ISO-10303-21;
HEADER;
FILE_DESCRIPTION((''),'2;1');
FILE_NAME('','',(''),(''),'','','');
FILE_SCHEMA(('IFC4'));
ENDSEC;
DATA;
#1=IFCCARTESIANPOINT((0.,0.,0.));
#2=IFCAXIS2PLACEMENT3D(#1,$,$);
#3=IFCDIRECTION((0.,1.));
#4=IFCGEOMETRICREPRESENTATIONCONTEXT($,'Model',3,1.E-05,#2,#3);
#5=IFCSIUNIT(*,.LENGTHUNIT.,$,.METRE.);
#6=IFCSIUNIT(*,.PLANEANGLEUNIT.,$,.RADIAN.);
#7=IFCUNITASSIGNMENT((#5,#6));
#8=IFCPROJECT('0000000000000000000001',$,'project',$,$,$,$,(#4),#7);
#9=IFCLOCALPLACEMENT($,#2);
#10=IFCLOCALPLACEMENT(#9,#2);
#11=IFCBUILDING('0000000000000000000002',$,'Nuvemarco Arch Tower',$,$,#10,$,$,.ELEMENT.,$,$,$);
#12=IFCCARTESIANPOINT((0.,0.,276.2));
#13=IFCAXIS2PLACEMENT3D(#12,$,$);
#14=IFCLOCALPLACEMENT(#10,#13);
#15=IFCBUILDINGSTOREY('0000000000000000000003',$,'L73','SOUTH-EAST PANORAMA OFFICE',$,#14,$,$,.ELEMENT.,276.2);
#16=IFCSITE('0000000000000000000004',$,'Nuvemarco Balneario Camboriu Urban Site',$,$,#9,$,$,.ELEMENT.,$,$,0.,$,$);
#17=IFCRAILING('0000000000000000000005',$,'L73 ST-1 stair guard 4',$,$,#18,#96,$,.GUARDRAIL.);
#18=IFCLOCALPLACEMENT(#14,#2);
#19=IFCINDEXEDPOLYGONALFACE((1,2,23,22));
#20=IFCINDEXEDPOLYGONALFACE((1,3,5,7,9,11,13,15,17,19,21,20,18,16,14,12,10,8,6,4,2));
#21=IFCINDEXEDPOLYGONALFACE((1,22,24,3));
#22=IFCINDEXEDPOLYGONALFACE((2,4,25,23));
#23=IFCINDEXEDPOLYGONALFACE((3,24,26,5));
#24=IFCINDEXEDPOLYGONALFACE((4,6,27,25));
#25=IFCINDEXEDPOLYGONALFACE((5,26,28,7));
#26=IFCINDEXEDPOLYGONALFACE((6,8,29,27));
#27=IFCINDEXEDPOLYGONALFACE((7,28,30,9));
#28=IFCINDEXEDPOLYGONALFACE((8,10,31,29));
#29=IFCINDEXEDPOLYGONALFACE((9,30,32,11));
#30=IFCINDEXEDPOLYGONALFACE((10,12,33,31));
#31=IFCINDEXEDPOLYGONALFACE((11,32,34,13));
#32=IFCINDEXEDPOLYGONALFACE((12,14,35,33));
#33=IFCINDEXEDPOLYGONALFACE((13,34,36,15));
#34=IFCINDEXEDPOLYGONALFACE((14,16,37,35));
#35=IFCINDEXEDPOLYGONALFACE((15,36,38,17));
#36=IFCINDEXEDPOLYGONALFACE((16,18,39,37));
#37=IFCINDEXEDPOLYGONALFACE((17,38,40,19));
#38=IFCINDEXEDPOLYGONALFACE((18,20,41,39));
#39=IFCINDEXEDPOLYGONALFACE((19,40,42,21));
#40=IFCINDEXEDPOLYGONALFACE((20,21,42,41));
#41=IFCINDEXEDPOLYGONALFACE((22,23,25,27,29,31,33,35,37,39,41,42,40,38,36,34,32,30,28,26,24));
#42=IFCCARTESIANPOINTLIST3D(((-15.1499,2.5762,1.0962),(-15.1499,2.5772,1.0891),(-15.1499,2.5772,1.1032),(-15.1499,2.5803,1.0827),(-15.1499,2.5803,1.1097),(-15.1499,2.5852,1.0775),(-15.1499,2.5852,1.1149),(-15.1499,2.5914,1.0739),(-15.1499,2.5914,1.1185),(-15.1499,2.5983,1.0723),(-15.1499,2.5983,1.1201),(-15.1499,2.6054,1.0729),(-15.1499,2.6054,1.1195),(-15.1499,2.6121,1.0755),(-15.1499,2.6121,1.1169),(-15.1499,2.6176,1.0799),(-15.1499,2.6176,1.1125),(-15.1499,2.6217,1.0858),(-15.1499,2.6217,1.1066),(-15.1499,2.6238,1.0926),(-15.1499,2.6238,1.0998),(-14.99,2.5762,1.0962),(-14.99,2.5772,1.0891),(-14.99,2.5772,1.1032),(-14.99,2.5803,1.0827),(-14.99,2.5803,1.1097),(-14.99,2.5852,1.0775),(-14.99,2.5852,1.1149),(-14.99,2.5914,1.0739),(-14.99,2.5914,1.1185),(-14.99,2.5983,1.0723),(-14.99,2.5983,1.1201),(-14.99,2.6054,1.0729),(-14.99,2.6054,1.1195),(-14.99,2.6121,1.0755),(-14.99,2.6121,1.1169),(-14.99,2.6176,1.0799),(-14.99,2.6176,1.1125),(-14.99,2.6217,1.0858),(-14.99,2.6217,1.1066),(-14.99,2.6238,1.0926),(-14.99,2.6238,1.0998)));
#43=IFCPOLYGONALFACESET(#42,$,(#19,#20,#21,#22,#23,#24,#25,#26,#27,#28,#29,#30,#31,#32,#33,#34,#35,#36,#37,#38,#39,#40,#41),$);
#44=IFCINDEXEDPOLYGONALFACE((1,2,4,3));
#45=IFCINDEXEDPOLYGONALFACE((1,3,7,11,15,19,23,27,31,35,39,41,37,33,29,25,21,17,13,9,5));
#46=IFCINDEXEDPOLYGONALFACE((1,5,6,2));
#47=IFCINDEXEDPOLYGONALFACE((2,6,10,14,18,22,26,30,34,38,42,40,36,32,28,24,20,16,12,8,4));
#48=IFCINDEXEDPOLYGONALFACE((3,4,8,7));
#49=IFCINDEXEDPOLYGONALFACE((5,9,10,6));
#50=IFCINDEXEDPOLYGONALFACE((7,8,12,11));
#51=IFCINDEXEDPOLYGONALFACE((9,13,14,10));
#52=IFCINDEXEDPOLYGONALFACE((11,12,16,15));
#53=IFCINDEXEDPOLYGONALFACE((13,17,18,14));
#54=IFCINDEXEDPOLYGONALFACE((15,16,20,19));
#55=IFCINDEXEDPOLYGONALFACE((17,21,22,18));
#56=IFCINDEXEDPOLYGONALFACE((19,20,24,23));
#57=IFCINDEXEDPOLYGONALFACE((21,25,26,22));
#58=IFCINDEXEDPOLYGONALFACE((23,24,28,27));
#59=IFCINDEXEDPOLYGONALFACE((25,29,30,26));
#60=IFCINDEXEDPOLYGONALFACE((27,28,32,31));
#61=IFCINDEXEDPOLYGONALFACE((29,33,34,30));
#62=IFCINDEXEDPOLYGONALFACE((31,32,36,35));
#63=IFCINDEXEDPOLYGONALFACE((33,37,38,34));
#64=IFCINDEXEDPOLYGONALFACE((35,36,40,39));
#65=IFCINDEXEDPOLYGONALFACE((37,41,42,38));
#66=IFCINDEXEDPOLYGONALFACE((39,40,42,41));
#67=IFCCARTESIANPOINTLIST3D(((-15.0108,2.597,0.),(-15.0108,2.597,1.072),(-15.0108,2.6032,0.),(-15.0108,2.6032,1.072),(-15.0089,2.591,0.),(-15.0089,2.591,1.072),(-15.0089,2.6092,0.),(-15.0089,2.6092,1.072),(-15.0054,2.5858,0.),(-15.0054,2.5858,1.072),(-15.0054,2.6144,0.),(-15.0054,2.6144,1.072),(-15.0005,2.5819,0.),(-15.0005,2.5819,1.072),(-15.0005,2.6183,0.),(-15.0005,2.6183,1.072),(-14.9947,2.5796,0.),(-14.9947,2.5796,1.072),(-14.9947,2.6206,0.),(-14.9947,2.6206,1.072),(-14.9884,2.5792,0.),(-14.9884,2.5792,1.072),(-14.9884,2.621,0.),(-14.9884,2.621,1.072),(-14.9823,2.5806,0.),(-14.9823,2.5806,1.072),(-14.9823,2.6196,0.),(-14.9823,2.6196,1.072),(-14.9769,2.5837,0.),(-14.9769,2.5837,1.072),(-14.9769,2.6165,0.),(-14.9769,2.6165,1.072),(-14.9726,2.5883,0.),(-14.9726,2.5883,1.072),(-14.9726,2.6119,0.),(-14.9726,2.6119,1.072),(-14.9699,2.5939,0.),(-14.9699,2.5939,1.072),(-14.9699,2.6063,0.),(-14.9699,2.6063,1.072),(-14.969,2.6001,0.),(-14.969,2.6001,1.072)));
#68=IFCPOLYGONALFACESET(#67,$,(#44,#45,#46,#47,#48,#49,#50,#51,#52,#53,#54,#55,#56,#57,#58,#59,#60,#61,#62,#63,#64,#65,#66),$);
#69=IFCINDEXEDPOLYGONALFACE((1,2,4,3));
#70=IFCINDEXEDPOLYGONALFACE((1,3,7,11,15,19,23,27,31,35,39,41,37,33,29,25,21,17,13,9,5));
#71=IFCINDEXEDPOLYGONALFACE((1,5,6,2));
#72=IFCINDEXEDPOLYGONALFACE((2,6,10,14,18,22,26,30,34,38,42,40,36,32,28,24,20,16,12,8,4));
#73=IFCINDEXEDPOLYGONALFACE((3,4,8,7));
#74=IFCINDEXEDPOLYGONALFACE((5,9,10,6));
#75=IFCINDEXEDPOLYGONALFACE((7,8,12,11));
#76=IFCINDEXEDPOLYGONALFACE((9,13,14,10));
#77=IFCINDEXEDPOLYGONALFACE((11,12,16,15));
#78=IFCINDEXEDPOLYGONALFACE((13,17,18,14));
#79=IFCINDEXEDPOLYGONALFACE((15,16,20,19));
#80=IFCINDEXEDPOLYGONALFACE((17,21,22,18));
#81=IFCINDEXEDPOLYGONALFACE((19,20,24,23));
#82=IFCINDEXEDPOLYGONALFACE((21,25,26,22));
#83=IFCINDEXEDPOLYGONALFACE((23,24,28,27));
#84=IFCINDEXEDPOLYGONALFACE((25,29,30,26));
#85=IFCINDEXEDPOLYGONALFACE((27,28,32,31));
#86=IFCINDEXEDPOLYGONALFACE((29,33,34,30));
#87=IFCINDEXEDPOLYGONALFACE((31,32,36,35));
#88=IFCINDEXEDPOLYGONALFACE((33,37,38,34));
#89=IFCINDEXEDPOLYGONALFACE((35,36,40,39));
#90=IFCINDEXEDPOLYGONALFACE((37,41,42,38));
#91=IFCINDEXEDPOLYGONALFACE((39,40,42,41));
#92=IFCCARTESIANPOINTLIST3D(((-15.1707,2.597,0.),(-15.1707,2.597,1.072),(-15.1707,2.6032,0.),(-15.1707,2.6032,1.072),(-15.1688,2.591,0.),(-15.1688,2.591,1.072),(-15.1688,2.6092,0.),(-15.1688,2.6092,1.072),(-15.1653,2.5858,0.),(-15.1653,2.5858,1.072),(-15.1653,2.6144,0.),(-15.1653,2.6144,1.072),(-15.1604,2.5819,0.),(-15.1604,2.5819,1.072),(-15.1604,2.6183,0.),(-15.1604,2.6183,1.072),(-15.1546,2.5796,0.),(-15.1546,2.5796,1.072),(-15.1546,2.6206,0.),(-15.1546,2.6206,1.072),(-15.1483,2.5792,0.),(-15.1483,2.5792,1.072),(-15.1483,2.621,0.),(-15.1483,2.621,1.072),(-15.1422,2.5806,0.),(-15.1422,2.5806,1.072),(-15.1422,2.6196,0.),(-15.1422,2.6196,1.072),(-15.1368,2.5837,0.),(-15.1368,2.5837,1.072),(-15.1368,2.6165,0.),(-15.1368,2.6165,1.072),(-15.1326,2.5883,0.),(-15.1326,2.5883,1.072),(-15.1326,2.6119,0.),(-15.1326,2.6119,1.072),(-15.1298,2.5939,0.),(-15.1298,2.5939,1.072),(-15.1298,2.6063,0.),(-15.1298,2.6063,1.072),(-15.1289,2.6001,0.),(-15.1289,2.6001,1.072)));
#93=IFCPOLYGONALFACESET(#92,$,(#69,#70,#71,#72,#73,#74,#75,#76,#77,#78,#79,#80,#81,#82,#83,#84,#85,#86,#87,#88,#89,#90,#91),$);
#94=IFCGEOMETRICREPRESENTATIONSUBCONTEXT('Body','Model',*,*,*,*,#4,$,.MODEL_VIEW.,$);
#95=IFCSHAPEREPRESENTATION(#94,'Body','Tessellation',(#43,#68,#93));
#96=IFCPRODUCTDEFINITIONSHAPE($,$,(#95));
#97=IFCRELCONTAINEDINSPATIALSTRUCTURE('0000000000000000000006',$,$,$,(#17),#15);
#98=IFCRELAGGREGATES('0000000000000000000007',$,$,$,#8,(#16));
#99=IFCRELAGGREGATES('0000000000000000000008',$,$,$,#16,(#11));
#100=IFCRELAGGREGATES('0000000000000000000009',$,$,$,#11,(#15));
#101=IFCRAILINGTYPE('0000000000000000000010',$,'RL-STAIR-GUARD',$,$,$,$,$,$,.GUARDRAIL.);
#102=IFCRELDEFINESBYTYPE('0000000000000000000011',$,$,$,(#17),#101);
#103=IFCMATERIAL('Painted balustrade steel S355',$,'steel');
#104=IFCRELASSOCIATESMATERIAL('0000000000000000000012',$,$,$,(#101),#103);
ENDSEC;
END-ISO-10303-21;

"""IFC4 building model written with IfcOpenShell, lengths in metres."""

from ifc_helpers import new_model, si_unit, direction, frame, origin, origin_2d, place, context, subcontext, project, spatial, circle, extrude, material, type_object, element, save


model = new_model("IFC4")

# Units and contexts
model_context = context("Model", 3, precision=1e-05, world=origin(), true_north=direction((0.0, 1.0)))
body_context = subcontext(model_context, "Body", "Model", "MODEL_VIEW")
ifc_project = project(units=[si_unit("LENGTHUNIT", "METRE"), si_unit("PLANEANGLEUNIT", "RADIAN")], contexts=[model_context])

# Site, building, storey
site_placement = place(None, origin())
site = spatial("IfcSite", under=ifc_project, at=site_placement, Name="Nuvemarco Balneario Camboriu Urban Site", CompositionType="ELEMENT", RefElevation=0.0)
building_placement = place(site_placement, origin())
building = spatial("IfcBuilding", under=site, at=building_placement, Name="Nuvemarco Arch Tower", CompositionType="ELEMENT")
storey_placement = place(building_placement, frame((0.0, 0.0, 276.2)))
storey = spatial("IfcBuildingStorey", under=building, at=storey_placement, Name="L73", Description="SOUTH-EAST PANORAMA OFFICE", CompositionType="ELEMENT", Elevation=276.2)

# Railing
ifc_material_1 = material(Name="Painted balustrade steel S355", Category="steel")
railing_type_1 = type_object("IfcRailingType", Name="RL-STAIR-GUARD", PredefinedType="GUARDRAIL", material=ifc_material_1)
railing_1_placement = place(storey_placement, frame((-14.99, 2.6001, 0.0)))
element("IfcRailing", 1, at=railing_1_placement, inside=storey, type_object=railing_type_1, Name="L73 ST-1 stair guard 4", PredefinedType="GUARDRAIL", context=body_context, shape_type="SweptSolid", body=[
    extrude(circle(Radius=0.0239, at=origin_2d()), frame((0.0, 0.0, 1.0962), z_axis=(-1.0, 0.0, 0.0), x_axis=(0.0, -1.0, 0.0)), (0.0, 0.0, 1.0), 0.1599),
    extrude(circle(Radius=0.021, at=origin_2d()), origin(), (0.0, 0.0, 1.0), 1.072),
    extrude(circle(Radius=0.021, at=origin_2d()), frame((-0.1599, 0.0, 0.0)), (0.0, 0.0, 1.0), 1.072),
])

save(model, "model.ifc")
